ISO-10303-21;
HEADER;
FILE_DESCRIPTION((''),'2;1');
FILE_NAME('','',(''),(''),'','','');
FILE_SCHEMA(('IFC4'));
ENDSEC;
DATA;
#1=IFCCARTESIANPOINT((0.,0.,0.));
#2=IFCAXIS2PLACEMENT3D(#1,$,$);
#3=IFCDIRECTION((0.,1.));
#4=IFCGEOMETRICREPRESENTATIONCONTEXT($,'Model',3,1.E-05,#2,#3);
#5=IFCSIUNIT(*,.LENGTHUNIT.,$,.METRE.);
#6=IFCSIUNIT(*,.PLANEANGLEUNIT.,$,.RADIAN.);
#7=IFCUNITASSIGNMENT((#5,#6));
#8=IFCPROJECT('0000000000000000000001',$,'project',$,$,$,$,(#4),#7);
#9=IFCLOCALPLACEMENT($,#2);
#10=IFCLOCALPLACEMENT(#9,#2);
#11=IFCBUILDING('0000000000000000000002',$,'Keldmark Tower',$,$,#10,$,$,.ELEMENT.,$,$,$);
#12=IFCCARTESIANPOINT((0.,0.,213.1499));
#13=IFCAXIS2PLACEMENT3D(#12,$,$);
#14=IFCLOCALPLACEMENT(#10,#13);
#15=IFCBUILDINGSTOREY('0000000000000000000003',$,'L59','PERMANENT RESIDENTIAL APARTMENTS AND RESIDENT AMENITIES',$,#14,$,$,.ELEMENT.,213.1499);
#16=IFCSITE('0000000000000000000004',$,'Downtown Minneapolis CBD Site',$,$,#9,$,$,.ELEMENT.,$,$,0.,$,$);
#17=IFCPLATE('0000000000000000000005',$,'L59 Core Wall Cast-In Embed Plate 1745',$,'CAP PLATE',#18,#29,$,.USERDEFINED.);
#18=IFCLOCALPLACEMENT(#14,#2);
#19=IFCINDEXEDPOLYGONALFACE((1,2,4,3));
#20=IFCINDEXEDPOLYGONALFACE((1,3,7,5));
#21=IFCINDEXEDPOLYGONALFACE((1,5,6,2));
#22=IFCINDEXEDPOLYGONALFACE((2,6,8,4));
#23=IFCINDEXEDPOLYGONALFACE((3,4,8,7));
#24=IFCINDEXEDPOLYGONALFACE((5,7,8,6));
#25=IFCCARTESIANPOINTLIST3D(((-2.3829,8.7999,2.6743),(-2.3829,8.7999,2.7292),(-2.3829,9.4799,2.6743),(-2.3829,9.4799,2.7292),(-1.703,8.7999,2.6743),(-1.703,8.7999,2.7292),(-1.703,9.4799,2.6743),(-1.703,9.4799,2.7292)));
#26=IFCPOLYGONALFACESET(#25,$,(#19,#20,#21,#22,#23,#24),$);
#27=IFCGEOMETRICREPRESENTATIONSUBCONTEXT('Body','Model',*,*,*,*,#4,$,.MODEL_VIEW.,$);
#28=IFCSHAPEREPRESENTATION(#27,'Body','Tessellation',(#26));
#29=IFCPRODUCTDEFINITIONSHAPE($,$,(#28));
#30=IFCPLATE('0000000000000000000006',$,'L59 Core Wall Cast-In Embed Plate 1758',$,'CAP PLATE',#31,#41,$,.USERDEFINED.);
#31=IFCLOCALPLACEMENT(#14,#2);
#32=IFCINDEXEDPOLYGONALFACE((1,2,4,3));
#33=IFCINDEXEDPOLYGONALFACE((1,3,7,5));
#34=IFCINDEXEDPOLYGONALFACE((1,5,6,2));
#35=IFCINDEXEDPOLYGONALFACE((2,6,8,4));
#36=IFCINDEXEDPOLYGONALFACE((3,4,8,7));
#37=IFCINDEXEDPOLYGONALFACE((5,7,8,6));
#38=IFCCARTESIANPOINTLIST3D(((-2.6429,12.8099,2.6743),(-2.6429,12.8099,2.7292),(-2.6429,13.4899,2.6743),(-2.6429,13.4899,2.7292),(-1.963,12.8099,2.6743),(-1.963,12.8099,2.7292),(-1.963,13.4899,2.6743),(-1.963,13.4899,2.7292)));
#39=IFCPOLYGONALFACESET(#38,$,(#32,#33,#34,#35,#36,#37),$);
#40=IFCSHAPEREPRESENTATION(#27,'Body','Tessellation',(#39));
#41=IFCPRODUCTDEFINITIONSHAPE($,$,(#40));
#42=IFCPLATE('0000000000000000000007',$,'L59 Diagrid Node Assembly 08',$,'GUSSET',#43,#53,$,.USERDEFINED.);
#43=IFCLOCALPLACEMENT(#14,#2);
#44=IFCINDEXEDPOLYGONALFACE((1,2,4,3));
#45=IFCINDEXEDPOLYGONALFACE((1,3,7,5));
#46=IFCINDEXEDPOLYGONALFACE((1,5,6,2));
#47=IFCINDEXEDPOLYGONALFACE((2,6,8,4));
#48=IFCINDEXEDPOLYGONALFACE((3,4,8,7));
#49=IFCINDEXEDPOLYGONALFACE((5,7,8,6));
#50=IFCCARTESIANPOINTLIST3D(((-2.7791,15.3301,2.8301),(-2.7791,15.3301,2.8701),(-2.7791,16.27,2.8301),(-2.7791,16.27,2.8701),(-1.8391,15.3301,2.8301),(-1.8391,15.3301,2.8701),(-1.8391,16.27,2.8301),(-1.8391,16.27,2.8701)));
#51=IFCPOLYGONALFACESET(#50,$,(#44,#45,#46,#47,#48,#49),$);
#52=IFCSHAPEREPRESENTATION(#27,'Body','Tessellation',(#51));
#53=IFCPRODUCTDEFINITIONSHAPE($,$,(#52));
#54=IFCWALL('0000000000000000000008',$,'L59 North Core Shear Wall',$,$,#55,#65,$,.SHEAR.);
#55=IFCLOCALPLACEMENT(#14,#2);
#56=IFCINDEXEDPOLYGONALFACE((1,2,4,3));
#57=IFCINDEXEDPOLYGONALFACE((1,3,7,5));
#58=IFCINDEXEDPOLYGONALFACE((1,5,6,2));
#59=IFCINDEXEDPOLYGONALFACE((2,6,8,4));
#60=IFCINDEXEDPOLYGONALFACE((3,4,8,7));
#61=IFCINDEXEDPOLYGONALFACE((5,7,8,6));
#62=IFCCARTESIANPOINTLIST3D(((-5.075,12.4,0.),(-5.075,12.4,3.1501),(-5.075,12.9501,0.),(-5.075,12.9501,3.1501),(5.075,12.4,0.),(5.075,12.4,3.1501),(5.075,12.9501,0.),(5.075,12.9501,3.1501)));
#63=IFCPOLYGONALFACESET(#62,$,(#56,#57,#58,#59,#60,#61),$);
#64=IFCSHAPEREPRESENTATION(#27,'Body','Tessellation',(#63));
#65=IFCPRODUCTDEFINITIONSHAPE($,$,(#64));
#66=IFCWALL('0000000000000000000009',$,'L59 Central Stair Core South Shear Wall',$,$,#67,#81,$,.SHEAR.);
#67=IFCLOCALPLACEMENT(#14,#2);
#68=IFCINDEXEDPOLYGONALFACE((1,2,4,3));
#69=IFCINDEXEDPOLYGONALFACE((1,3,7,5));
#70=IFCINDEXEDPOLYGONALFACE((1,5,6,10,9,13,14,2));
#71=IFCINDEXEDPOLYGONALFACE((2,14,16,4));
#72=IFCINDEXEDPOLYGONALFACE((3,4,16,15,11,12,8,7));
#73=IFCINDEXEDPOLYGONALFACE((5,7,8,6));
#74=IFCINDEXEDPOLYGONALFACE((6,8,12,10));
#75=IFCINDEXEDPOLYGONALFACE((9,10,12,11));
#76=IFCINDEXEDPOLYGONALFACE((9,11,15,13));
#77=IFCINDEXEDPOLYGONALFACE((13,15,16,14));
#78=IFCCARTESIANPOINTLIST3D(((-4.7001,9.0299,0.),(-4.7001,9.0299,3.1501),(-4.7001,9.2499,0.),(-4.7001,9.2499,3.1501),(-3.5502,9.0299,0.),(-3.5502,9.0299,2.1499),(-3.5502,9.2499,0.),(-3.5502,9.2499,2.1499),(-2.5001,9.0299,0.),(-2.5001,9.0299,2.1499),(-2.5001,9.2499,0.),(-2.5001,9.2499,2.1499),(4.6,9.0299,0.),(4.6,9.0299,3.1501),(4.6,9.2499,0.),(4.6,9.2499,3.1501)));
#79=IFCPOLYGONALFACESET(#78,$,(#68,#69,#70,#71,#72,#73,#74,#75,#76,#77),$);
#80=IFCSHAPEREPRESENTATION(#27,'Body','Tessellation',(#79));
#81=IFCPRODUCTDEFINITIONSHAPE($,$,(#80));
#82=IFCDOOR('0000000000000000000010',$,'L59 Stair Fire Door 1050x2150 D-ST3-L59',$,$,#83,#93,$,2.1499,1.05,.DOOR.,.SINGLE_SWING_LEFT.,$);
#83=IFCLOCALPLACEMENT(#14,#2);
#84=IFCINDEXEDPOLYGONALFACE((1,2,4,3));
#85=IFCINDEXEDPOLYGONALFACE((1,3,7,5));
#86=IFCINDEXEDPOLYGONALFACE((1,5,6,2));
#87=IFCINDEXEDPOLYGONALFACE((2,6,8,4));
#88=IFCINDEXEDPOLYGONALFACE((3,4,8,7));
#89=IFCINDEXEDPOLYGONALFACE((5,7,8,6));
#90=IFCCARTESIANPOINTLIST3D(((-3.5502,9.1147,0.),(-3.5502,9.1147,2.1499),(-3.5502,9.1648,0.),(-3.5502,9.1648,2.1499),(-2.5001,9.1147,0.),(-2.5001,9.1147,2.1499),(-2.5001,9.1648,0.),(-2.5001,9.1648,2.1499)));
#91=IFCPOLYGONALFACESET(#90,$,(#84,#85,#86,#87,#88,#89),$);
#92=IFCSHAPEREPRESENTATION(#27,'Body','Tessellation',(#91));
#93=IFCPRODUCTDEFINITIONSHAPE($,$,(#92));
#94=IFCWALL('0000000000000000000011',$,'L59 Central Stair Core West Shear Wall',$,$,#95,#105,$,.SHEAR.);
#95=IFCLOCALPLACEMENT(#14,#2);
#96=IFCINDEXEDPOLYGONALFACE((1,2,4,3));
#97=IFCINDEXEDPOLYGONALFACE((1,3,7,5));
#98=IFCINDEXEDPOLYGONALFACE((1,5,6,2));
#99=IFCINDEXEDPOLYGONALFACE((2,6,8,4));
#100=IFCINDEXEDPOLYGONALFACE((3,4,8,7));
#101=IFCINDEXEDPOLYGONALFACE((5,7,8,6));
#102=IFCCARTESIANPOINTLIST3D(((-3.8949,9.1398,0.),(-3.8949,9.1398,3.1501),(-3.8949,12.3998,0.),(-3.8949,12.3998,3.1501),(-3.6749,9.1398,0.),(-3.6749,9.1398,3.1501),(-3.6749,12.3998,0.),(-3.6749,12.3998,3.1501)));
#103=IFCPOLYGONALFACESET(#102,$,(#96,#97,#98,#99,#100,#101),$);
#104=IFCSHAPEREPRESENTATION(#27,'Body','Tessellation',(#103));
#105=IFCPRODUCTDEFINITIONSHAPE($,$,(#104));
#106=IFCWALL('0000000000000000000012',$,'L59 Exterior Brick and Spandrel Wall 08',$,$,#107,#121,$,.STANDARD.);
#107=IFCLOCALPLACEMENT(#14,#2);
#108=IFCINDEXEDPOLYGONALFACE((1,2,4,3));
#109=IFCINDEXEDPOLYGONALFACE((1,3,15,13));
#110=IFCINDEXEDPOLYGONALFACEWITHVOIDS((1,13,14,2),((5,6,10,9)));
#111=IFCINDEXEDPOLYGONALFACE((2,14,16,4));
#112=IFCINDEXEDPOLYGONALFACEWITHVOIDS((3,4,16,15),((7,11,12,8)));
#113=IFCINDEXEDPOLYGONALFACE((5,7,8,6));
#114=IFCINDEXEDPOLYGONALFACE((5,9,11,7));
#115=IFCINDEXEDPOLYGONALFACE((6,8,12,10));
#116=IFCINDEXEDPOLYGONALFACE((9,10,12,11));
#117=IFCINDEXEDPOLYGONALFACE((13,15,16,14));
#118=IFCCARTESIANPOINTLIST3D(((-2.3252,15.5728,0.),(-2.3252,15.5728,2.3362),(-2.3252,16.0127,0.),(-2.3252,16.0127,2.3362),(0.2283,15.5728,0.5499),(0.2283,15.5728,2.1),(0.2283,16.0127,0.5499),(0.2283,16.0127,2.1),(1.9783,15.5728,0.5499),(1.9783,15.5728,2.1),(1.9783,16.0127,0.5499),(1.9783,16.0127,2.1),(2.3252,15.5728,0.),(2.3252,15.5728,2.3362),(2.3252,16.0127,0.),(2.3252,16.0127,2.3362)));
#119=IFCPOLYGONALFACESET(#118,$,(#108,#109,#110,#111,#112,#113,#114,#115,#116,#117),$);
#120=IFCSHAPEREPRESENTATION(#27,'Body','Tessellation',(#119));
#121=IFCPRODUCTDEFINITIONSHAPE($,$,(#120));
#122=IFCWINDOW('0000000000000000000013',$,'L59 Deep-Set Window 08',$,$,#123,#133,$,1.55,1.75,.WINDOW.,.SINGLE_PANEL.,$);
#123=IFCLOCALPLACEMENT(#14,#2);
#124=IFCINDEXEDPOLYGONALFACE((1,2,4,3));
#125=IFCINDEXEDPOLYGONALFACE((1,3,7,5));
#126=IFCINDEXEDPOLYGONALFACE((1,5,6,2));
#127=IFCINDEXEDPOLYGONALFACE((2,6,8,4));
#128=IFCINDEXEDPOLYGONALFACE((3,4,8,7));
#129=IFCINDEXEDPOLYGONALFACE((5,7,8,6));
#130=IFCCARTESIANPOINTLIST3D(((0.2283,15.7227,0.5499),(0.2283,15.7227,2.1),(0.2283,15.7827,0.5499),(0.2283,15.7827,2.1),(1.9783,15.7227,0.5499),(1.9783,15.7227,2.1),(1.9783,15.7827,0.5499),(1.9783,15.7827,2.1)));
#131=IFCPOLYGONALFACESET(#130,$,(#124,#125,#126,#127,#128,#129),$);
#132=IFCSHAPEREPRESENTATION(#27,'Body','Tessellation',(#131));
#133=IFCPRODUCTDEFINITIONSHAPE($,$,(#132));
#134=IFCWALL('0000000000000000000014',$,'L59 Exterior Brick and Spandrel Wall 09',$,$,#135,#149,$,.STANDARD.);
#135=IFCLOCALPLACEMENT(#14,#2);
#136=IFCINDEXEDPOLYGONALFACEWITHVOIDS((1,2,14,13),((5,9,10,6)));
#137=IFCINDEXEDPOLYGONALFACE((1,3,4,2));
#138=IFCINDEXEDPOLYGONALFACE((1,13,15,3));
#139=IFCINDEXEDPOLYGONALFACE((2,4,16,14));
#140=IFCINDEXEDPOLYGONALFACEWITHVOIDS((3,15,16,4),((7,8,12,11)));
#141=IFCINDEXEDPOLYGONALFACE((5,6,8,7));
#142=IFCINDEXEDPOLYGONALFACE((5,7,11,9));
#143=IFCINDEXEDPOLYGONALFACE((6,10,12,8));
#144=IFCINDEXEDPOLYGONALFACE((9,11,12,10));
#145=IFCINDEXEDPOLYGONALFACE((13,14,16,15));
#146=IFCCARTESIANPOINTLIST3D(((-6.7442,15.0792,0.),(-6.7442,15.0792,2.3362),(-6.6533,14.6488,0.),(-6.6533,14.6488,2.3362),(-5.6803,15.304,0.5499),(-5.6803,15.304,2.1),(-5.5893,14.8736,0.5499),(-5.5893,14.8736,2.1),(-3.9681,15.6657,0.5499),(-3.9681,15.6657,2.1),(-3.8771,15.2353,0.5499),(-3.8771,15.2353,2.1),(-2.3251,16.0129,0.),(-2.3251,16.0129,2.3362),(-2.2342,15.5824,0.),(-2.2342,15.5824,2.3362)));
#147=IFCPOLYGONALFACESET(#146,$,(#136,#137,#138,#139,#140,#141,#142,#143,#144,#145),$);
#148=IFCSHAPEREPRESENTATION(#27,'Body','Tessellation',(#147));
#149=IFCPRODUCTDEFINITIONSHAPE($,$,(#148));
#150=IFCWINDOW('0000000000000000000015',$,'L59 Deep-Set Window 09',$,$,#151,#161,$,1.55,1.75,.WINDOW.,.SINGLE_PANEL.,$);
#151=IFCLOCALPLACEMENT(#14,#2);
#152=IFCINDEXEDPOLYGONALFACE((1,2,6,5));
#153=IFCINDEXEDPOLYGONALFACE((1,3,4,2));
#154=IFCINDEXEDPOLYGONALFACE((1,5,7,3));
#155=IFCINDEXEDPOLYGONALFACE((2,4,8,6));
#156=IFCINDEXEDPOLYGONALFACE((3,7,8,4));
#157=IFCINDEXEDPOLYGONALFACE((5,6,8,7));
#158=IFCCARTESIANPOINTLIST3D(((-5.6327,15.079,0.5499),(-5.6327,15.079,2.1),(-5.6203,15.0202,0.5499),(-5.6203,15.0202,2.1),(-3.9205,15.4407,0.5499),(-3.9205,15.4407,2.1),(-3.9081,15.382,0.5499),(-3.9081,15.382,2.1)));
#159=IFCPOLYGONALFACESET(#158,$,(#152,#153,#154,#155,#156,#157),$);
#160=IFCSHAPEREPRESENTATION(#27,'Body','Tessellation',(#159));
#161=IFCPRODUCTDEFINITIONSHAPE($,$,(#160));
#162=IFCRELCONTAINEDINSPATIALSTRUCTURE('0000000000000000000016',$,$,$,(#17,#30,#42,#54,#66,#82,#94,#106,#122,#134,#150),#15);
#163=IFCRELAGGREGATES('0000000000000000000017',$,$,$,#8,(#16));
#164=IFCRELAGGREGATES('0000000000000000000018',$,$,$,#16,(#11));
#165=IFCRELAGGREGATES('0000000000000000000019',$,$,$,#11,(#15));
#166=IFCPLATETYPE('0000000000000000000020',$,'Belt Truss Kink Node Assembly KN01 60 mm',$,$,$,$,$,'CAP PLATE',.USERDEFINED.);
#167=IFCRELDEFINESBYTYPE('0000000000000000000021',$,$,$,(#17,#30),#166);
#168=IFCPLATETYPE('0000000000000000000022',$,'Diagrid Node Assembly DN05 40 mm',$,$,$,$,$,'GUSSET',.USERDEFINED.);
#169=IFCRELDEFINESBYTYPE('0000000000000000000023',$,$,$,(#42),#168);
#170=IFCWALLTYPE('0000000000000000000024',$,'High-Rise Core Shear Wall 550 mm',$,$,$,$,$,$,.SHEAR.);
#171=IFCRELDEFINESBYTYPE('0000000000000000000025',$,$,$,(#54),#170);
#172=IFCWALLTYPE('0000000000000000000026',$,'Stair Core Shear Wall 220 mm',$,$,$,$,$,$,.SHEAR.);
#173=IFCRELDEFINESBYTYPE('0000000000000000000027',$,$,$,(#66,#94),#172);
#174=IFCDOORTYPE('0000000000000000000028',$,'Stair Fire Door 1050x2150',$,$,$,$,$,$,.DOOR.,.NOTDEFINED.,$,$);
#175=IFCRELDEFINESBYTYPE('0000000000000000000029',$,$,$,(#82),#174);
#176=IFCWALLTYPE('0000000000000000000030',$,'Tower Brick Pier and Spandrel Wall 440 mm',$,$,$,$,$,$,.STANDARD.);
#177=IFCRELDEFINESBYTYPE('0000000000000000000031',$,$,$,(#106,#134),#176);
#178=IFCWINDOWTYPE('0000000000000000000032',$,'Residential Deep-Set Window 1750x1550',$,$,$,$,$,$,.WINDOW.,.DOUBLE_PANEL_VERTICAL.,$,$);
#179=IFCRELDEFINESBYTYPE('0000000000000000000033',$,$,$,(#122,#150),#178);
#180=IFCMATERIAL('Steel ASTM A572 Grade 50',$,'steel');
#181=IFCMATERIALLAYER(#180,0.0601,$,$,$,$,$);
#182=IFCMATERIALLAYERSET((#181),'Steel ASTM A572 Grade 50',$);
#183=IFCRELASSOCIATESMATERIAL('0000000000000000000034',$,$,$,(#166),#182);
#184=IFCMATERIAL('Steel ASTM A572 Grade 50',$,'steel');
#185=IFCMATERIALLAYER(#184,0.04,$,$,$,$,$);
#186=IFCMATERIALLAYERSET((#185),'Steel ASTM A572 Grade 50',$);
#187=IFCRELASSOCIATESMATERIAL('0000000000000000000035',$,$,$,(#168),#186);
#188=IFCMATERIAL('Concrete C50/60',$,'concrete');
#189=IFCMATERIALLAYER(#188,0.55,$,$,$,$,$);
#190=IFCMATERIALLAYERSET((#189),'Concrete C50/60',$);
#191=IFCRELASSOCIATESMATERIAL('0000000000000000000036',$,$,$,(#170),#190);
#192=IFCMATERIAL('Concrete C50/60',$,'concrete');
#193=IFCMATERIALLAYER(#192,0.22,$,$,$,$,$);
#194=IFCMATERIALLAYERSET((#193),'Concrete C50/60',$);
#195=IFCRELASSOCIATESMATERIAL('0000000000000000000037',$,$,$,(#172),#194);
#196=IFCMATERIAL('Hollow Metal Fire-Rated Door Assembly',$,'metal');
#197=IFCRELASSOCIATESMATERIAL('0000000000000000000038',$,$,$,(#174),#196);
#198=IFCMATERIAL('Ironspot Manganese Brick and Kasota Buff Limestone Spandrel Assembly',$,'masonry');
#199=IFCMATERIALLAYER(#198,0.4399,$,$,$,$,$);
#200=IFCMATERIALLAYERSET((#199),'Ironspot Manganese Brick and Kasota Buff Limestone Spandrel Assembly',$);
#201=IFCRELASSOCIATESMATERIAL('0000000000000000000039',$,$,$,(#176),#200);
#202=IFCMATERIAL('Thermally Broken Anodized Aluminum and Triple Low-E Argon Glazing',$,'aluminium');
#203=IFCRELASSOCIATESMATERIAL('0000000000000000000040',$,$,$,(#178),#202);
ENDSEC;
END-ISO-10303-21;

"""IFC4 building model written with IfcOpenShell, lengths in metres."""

from ifc_helpers import new_model, si_unit, direction, frame, frame_2d, origin, origin_2d, place, context, subcontext, project, spatial, rectangle, extrude, material, layer, layer_set, type_object, element, fill, save


model = new_model("IFC4")

# Units and contexts
model_context = context("Model", 3, precision=1e-05, world=origin(), true_north=direction((0.0, 1.0)))
body_context = subcontext(model_context, "Body", "Model", "MODEL_VIEW")
ifc_project = project(units=[si_unit("LENGTHUNIT", "METRE"), si_unit("PLANEANGLEUNIT", "RADIAN")], contexts=[model_context])

# Site, building, storey
site_placement = place(None, origin())
site = spatial("IfcSite", under=ifc_project, at=site_placement, Name="Downtown Minneapolis CBD Site", CompositionType="ELEMENT", RefElevation=0.0)
building_placement = place(site_placement, origin())
building = spatial("IfcBuilding", under=site, at=building_placement, Name="Keldmark Tower", CompositionType="ELEMENT")
storey_placement = place(building_placement, frame((0.0, 0.0, 213.1499)))
storey = spatial("IfcBuildingStorey", under=building, at=storey_placement, Name="L59", Description="PERMANENT RESIDENTIAL APARTMENTS AND RESIDENT AMENITIES", CompositionType="ELEMENT", Elevation=213.1499)

# Plates
ifc_material_1 = material(Name="Steel ASTM A572 Grade 50", Category="steel")
ifc_layer_1 = layer(ifc_material_1, 0.0601)
ifc_layer_set_1 = layer_set([ifc_layer_1], Name="Steel ASTM A572 Grade 50")
plate_type_1 = type_object("IfcPlateType", Name="Belt Truss Kink Node Assembly KN01 60 mm", ElementType="CAP PLATE", PredefinedType="USERDEFINED", material=ifc_layer_set_1)
for number, where, z_axis, x_axis, name in (
    (1, (-2.043, 9.1399, 2.6743), (0.0, 0.0, 1.0), (1.0, 0.0, 0.0), "L59 Core Wall Cast-In Embed Plate 1745"),
    (2, (-2.303, 13.1499, 2.6743), (0.0, 0.0, 1.0), (1.0, 0.0, 0.0), "L59 Core Wall Cast-In Embed Plate 1758"),
):
    element("IfcPlate", number, at=place(storey_placement, frame(where, z_axis=z_axis, x_axis=x_axis)), inside=storey, type_object=plate_type_1, Name=name, ObjectType="CAP PLATE", PredefinedType="USERDEFINED", context=body_context, shape_type="SweptSolid", body=[
        extrude(rectangle(XDim=0.6799, YDim=0.6799, at=origin_2d()), origin(), (0.0, 0.0, 1.0), 0.0549),
    ])
ifc_material_2 = material(Name="Steel ASTM A572 Grade 50", Category="steel")
ifc_layer_2 = layer(ifc_material_2, 0.04)
ifc_layer_set_2 = layer_set([ifc_layer_2], Name="Steel ASTM A572 Grade 50")
plate_type_2 = type_object("IfcPlateType", Name="Diagrid Node Assembly DN05 40 mm", ElementType="GUSSET", PredefinedType="USERDEFINED", material=ifc_layer_set_2)
plate_placement = place(storey_placement, frame((-2.3091, 15.8, 2.8301), z_axis=(0.0, 0.0, 1.0), x_axis=(-1.0, 0.0, 0.0)))
element("IfcPlate", 3, at=plate_placement, inside=storey, type_object=plate_type_2, Name="L59 Diagrid Node Assembly 08", ObjectType="GUSSET", PredefinedType="USERDEFINED", context=body_context, shape_type="SweptSolid", body=[
    extrude(rectangle(XDim=0.9399, YDim=0.9399, at=origin_2d()), origin(), (0.0, 0.0, 1.0), 0.04),
])

# Wall
ifc_material_3 = material(Name="Concrete C50/60", Category="concrete")
ifc_layer_3 = layer(ifc_material_3, 0.55)
ifc_layer_set_3 = layer_set([ifc_layer_3], Name="Concrete C50/60")
wall_type_1 = type_object("IfcWallType", Name="High-Rise Core Shear Wall 550 mm", PredefinedType="SHEAR", material=ifc_layer_set_3)
wall_1_placement = place(storey_placement, frame((-5.075, 12.675, 0.0), z_axis=(0.0, 0.0, 1.0), x_axis=(1.0, 0.0, 0.0)))
element("IfcWall", 4, at=wall_1_placement, inside=storey, type_object=wall_type_1, Name="L59 North Core Shear Wall", PredefinedType="SHEAR", context=body_context, shape_type="SweptSolid", body=[
    extrude(rectangle(XDim=10.1499, YDim=0.55, at=frame_2d((5.075, 0.0))), origin(), (0.0, 0.0, 1.0), 3.1501),
])

# Wall, opening, door
ifc_material_4 = material(Name="Concrete C50/60", Category="concrete")
ifc_layer_4 = layer(ifc_material_4, 0.22)
ifc_layer_set_4 = layer_set([ifc_layer_4], Name="Concrete C50/60")
wall_type_2 = type_object("IfcWallType", Name="Stair Core Shear Wall 220 mm", PredefinedType="SHEAR", material=ifc_layer_set_4)
wall_2_placement = place(storey_placement, frame((-4.7, 9.1399, 0.0), z_axis=(0.0, 0.0, 1.0), x_axis=(1.0, 0.0, 0.0)))
wall_2 = element("IfcWall", 5, at=wall_2_placement, inside=storey, type_object=wall_type_2, Name="L59 Central Stair Core South Shear Wall", PredefinedType="SHEAR", context=body_context, shape_type="SweptSolid", body=[
    extrude(rectangle(XDim=9.3, YDim=0.22, at=frame_2d((4.6499, 0.0))), origin(), (0.0, 0.0, 1.0), 3.1501),
])
opening_1_placement = place(wall_2_placement, frame((1.1499, 0.0, 0.0)))
opening_1 = element("IfcOpeningElement", 6, at=opening_1_placement, cuts=wall_2, PredefinedType="OPENING", context=body_context, shape_type="SweptSolid", body=[
    extrude(rectangle(XDim=1.05, YDim=2.1499, at=frame_2d((0.5249, 1.075))), frame((0.0, 0.1199, 0.0), z_axis=(0.0, -1.0, 0.0), x_axis=(1.0, 0.0, 0.0)), (0.0, 0.0, 1.0), 0.24),
])
ifc_material_5 = material(Name="Hollow Metal Fire-Rated Door Assembly", Category="metal")
door_type = type_object("IfcDoorType", Name="Stair Fire Door 1050x2150", OperationType="NOTDEFINED", PredefinedType="DOOR", material=ifc_material_5)
door_placement = place(opening_1_placement, origin())
door = element("IfcDoor", 7, at=door_placement, inside=storey, type_object=door_type, Name="L59 Stair Fire Door 1050x2150 D-ST3-L59", OperationType="SINGLE_SWING_LEFT", OverallHeight=2.1499, OverallWidth=1.05, PredefinedType="DOOR", context=body_context, shape_type="SweptSolid", body=[
    extrude(rectangle(XDim=1.05, YDim=2.1499, at=frame_2d((0.5249, 1.075))), frame((0.0, 0.0249, 0.0), z_axis=(0.0, -1.0, 0.0), x_axis=(1.0, 0.0, 0.0)), (0.0, 0.0, 1.0), 0.05),
])
fill(opening_1, door)

# Wall
wall_3_placement = place(storey_placement, frame((-3.7849, 9.1399, 0.0), z_axis=(0.0, 0.0, 1.0), x_axis=(0.0, 1.0, 0.0)))
element("IfcWall", 8, at=wall_3_placement, inside=storey, type_object=wall_type_2, Name="L59 Central Stair Core West Shear Wall", PredefinedType="SHEAR", context=body_context, shape_type="SweptSolid", body=[
    extrude(rectangle(XDim=3.26, YDim=0.22, at=frame_2d((1.6299, 0.0))), origin(), (0.0, 0.0, 1.0), 3.1501),
])

# Walls, openings, windows
ifc_material_6 = material(Name="Ironspot Manganese Brick and Kasota Buff Limestone Spandrel Assembly", Category="masonry")
ifc_layer_5 = layer(ifc_material_6, 0.4399)
ifc_layer_set_5 = layer_set([ifc_layer_5], Name="Ironspot Manganese Brick and Kasota Buff Limestone Spandrel Assembly")
wall_type_3 = type_object("IfcWallType", Name="Tower Brick Pier and Spandrel Wall 440 mm", PredefinedType="STANDARD", material=ifc_layer_set_5)
wall_4_placement = place(storey_placement, frame((-2.3252, 15.7927, 0.0), z_axis=(0.0, 0.0, 1.0), x_axis=(1.0, 0.0, 0.0)))
wall_4 = element("IfcWall", 9, at=wall_4_placement, inside=storey, type_object=wall_type_3, Name="L59 Exterior Brick and Spandrel Wall 08", PredefinedType="STANDARD", context=body_context, shape_type="SweptSolid", body=[
    extrude(rectangle(XDim=4.6504, YDim=0.4399, at=frame_2d((2.3252, 0.0))), origin(), (0.0, 0.0, 1.0), 2.3362),
])
opening_2_placement = place(wall_4_placement, frame((2.5535, 0.0, 0.55)))
opening_2 = element("IfcOpeningElement", 10, at=opening_2_placement, cuts=wall_4, PredefinedType="OPENING", context=body_context, shape_type="SweptSolid", body=[
    extrude(rectangle(XDim=1.75, YDim=1.55, at=frame_2d((0.875, 0.7749))), frame((0.0, 0.23, 0.0), z_axis=(0.0, -1.0, 0.0), x_axis=(1.0, 0.0, 0.0)), (0.0, 0.0, 1.0), 0.46),
])
ifc_material_7 = material(Name="Thermally Broken Anodized Aluminum and Triple Low-E Argon Glazing", Category="aluminium")
window_type = type_object("IfcWindowType", Name="Residential Deep-Set Window 1750x1550", PartitioningType="DOUBLE_PANEL_VERTICAL", PredefinedType="WINDOW", material=ifc_material_7)
window_1_placement = place(opening_2_placement, origin())
window_1 = element("IfcWindow", 11, at=window_1_placement, inside=storey, type_object=window_type, Name="L59 Deep-Set Window 08", OverallHeight=1.55, OverallWidth=1.75, PartitioningType="SINGLE_PANEL", PredefinedType="WINDOW", context=body_context, shape_type="SweptSolid", body=[
    extrude(rectangle(XDim=1.75, YDim=1.55, at=frame_2d((0.875, 0.7749))), frame((0.0, -0.01, 0.0), z_axis=(0.0, -1.0, 0.0), x_axis=(1.0, 0.0, 0.0)), (0.0, 0.0, 1.0), 0.0601),
])
fill(opening_2, window_1)
wall_5_placement = place(storey_placement, frame((-6.6987, 14.864, 0.0), z_axis=(0.0, 0.0, 1.0), x_axis=(0.978403, 0.206708, 0.0)))
wall_5 = element("IfcWall", 12, at=wall_5_placement, inside=storey, type_object=wall_type_3, Name="L59 Exterior Brick and Spandrel Wall 09", PredefinedType="STANDARD", context=body_context, shape_type="SweptSolid", body=[
    extrude(rectangle(XDim=4.5166, YDim=0.4399, at=frame_2d((2.2583, 0.0))), origin(), (0.0, 0.0, 1.0), 2.3362),
])
opening_3_placement = place(wall_5_placement, frame((1.0874, 0.0, 0.55)))
opening_3 = element("IfcOpeningElement", 13, at=opening_3_placement, cuts=wall_5, PredefinedType="OPENING", context=body_context, shape_type="SweptSolid", body=[
    extrude(rectangle(XDim=1.75, YDim=1.55, at=frame_2d((0.875, 0.7749))), frame((0.0, 0.23, 0.0), z_axis=(0.0, -1.0, 0.0), x_axis=(1.0, 0.0, 0.0)), (0.0, 0.0, 1.0), 0.46),
])
window_2_placement = place(opening_3_placement, origin())
window_2 = element("IfcWindow", 14, at=window_2_placement, inside=storey, type_object=window_type, Name="L59 Deep-Set Window 09", OverallHeight=1.55, OverallWidth=1.75, PartitioningType="SINGLE_PANEL", PredefinedType="WINDOW", context=body_context, shape_type="SweptSolid", body=[
    extrude(rectangle(XDim=1.75, YDim=1.55, at=frame_2d((0.875, 0.7749))), frame((0.0, -0.01, 0.0), z_axis=(0.0, -1.0, 0.0), x_axis=(1.0, 0.0, 0.0)), (0.0, 0.0, 1.0), 0.0601),
])
fill(opening_3, window_2)

save(model, "model.ifc")
